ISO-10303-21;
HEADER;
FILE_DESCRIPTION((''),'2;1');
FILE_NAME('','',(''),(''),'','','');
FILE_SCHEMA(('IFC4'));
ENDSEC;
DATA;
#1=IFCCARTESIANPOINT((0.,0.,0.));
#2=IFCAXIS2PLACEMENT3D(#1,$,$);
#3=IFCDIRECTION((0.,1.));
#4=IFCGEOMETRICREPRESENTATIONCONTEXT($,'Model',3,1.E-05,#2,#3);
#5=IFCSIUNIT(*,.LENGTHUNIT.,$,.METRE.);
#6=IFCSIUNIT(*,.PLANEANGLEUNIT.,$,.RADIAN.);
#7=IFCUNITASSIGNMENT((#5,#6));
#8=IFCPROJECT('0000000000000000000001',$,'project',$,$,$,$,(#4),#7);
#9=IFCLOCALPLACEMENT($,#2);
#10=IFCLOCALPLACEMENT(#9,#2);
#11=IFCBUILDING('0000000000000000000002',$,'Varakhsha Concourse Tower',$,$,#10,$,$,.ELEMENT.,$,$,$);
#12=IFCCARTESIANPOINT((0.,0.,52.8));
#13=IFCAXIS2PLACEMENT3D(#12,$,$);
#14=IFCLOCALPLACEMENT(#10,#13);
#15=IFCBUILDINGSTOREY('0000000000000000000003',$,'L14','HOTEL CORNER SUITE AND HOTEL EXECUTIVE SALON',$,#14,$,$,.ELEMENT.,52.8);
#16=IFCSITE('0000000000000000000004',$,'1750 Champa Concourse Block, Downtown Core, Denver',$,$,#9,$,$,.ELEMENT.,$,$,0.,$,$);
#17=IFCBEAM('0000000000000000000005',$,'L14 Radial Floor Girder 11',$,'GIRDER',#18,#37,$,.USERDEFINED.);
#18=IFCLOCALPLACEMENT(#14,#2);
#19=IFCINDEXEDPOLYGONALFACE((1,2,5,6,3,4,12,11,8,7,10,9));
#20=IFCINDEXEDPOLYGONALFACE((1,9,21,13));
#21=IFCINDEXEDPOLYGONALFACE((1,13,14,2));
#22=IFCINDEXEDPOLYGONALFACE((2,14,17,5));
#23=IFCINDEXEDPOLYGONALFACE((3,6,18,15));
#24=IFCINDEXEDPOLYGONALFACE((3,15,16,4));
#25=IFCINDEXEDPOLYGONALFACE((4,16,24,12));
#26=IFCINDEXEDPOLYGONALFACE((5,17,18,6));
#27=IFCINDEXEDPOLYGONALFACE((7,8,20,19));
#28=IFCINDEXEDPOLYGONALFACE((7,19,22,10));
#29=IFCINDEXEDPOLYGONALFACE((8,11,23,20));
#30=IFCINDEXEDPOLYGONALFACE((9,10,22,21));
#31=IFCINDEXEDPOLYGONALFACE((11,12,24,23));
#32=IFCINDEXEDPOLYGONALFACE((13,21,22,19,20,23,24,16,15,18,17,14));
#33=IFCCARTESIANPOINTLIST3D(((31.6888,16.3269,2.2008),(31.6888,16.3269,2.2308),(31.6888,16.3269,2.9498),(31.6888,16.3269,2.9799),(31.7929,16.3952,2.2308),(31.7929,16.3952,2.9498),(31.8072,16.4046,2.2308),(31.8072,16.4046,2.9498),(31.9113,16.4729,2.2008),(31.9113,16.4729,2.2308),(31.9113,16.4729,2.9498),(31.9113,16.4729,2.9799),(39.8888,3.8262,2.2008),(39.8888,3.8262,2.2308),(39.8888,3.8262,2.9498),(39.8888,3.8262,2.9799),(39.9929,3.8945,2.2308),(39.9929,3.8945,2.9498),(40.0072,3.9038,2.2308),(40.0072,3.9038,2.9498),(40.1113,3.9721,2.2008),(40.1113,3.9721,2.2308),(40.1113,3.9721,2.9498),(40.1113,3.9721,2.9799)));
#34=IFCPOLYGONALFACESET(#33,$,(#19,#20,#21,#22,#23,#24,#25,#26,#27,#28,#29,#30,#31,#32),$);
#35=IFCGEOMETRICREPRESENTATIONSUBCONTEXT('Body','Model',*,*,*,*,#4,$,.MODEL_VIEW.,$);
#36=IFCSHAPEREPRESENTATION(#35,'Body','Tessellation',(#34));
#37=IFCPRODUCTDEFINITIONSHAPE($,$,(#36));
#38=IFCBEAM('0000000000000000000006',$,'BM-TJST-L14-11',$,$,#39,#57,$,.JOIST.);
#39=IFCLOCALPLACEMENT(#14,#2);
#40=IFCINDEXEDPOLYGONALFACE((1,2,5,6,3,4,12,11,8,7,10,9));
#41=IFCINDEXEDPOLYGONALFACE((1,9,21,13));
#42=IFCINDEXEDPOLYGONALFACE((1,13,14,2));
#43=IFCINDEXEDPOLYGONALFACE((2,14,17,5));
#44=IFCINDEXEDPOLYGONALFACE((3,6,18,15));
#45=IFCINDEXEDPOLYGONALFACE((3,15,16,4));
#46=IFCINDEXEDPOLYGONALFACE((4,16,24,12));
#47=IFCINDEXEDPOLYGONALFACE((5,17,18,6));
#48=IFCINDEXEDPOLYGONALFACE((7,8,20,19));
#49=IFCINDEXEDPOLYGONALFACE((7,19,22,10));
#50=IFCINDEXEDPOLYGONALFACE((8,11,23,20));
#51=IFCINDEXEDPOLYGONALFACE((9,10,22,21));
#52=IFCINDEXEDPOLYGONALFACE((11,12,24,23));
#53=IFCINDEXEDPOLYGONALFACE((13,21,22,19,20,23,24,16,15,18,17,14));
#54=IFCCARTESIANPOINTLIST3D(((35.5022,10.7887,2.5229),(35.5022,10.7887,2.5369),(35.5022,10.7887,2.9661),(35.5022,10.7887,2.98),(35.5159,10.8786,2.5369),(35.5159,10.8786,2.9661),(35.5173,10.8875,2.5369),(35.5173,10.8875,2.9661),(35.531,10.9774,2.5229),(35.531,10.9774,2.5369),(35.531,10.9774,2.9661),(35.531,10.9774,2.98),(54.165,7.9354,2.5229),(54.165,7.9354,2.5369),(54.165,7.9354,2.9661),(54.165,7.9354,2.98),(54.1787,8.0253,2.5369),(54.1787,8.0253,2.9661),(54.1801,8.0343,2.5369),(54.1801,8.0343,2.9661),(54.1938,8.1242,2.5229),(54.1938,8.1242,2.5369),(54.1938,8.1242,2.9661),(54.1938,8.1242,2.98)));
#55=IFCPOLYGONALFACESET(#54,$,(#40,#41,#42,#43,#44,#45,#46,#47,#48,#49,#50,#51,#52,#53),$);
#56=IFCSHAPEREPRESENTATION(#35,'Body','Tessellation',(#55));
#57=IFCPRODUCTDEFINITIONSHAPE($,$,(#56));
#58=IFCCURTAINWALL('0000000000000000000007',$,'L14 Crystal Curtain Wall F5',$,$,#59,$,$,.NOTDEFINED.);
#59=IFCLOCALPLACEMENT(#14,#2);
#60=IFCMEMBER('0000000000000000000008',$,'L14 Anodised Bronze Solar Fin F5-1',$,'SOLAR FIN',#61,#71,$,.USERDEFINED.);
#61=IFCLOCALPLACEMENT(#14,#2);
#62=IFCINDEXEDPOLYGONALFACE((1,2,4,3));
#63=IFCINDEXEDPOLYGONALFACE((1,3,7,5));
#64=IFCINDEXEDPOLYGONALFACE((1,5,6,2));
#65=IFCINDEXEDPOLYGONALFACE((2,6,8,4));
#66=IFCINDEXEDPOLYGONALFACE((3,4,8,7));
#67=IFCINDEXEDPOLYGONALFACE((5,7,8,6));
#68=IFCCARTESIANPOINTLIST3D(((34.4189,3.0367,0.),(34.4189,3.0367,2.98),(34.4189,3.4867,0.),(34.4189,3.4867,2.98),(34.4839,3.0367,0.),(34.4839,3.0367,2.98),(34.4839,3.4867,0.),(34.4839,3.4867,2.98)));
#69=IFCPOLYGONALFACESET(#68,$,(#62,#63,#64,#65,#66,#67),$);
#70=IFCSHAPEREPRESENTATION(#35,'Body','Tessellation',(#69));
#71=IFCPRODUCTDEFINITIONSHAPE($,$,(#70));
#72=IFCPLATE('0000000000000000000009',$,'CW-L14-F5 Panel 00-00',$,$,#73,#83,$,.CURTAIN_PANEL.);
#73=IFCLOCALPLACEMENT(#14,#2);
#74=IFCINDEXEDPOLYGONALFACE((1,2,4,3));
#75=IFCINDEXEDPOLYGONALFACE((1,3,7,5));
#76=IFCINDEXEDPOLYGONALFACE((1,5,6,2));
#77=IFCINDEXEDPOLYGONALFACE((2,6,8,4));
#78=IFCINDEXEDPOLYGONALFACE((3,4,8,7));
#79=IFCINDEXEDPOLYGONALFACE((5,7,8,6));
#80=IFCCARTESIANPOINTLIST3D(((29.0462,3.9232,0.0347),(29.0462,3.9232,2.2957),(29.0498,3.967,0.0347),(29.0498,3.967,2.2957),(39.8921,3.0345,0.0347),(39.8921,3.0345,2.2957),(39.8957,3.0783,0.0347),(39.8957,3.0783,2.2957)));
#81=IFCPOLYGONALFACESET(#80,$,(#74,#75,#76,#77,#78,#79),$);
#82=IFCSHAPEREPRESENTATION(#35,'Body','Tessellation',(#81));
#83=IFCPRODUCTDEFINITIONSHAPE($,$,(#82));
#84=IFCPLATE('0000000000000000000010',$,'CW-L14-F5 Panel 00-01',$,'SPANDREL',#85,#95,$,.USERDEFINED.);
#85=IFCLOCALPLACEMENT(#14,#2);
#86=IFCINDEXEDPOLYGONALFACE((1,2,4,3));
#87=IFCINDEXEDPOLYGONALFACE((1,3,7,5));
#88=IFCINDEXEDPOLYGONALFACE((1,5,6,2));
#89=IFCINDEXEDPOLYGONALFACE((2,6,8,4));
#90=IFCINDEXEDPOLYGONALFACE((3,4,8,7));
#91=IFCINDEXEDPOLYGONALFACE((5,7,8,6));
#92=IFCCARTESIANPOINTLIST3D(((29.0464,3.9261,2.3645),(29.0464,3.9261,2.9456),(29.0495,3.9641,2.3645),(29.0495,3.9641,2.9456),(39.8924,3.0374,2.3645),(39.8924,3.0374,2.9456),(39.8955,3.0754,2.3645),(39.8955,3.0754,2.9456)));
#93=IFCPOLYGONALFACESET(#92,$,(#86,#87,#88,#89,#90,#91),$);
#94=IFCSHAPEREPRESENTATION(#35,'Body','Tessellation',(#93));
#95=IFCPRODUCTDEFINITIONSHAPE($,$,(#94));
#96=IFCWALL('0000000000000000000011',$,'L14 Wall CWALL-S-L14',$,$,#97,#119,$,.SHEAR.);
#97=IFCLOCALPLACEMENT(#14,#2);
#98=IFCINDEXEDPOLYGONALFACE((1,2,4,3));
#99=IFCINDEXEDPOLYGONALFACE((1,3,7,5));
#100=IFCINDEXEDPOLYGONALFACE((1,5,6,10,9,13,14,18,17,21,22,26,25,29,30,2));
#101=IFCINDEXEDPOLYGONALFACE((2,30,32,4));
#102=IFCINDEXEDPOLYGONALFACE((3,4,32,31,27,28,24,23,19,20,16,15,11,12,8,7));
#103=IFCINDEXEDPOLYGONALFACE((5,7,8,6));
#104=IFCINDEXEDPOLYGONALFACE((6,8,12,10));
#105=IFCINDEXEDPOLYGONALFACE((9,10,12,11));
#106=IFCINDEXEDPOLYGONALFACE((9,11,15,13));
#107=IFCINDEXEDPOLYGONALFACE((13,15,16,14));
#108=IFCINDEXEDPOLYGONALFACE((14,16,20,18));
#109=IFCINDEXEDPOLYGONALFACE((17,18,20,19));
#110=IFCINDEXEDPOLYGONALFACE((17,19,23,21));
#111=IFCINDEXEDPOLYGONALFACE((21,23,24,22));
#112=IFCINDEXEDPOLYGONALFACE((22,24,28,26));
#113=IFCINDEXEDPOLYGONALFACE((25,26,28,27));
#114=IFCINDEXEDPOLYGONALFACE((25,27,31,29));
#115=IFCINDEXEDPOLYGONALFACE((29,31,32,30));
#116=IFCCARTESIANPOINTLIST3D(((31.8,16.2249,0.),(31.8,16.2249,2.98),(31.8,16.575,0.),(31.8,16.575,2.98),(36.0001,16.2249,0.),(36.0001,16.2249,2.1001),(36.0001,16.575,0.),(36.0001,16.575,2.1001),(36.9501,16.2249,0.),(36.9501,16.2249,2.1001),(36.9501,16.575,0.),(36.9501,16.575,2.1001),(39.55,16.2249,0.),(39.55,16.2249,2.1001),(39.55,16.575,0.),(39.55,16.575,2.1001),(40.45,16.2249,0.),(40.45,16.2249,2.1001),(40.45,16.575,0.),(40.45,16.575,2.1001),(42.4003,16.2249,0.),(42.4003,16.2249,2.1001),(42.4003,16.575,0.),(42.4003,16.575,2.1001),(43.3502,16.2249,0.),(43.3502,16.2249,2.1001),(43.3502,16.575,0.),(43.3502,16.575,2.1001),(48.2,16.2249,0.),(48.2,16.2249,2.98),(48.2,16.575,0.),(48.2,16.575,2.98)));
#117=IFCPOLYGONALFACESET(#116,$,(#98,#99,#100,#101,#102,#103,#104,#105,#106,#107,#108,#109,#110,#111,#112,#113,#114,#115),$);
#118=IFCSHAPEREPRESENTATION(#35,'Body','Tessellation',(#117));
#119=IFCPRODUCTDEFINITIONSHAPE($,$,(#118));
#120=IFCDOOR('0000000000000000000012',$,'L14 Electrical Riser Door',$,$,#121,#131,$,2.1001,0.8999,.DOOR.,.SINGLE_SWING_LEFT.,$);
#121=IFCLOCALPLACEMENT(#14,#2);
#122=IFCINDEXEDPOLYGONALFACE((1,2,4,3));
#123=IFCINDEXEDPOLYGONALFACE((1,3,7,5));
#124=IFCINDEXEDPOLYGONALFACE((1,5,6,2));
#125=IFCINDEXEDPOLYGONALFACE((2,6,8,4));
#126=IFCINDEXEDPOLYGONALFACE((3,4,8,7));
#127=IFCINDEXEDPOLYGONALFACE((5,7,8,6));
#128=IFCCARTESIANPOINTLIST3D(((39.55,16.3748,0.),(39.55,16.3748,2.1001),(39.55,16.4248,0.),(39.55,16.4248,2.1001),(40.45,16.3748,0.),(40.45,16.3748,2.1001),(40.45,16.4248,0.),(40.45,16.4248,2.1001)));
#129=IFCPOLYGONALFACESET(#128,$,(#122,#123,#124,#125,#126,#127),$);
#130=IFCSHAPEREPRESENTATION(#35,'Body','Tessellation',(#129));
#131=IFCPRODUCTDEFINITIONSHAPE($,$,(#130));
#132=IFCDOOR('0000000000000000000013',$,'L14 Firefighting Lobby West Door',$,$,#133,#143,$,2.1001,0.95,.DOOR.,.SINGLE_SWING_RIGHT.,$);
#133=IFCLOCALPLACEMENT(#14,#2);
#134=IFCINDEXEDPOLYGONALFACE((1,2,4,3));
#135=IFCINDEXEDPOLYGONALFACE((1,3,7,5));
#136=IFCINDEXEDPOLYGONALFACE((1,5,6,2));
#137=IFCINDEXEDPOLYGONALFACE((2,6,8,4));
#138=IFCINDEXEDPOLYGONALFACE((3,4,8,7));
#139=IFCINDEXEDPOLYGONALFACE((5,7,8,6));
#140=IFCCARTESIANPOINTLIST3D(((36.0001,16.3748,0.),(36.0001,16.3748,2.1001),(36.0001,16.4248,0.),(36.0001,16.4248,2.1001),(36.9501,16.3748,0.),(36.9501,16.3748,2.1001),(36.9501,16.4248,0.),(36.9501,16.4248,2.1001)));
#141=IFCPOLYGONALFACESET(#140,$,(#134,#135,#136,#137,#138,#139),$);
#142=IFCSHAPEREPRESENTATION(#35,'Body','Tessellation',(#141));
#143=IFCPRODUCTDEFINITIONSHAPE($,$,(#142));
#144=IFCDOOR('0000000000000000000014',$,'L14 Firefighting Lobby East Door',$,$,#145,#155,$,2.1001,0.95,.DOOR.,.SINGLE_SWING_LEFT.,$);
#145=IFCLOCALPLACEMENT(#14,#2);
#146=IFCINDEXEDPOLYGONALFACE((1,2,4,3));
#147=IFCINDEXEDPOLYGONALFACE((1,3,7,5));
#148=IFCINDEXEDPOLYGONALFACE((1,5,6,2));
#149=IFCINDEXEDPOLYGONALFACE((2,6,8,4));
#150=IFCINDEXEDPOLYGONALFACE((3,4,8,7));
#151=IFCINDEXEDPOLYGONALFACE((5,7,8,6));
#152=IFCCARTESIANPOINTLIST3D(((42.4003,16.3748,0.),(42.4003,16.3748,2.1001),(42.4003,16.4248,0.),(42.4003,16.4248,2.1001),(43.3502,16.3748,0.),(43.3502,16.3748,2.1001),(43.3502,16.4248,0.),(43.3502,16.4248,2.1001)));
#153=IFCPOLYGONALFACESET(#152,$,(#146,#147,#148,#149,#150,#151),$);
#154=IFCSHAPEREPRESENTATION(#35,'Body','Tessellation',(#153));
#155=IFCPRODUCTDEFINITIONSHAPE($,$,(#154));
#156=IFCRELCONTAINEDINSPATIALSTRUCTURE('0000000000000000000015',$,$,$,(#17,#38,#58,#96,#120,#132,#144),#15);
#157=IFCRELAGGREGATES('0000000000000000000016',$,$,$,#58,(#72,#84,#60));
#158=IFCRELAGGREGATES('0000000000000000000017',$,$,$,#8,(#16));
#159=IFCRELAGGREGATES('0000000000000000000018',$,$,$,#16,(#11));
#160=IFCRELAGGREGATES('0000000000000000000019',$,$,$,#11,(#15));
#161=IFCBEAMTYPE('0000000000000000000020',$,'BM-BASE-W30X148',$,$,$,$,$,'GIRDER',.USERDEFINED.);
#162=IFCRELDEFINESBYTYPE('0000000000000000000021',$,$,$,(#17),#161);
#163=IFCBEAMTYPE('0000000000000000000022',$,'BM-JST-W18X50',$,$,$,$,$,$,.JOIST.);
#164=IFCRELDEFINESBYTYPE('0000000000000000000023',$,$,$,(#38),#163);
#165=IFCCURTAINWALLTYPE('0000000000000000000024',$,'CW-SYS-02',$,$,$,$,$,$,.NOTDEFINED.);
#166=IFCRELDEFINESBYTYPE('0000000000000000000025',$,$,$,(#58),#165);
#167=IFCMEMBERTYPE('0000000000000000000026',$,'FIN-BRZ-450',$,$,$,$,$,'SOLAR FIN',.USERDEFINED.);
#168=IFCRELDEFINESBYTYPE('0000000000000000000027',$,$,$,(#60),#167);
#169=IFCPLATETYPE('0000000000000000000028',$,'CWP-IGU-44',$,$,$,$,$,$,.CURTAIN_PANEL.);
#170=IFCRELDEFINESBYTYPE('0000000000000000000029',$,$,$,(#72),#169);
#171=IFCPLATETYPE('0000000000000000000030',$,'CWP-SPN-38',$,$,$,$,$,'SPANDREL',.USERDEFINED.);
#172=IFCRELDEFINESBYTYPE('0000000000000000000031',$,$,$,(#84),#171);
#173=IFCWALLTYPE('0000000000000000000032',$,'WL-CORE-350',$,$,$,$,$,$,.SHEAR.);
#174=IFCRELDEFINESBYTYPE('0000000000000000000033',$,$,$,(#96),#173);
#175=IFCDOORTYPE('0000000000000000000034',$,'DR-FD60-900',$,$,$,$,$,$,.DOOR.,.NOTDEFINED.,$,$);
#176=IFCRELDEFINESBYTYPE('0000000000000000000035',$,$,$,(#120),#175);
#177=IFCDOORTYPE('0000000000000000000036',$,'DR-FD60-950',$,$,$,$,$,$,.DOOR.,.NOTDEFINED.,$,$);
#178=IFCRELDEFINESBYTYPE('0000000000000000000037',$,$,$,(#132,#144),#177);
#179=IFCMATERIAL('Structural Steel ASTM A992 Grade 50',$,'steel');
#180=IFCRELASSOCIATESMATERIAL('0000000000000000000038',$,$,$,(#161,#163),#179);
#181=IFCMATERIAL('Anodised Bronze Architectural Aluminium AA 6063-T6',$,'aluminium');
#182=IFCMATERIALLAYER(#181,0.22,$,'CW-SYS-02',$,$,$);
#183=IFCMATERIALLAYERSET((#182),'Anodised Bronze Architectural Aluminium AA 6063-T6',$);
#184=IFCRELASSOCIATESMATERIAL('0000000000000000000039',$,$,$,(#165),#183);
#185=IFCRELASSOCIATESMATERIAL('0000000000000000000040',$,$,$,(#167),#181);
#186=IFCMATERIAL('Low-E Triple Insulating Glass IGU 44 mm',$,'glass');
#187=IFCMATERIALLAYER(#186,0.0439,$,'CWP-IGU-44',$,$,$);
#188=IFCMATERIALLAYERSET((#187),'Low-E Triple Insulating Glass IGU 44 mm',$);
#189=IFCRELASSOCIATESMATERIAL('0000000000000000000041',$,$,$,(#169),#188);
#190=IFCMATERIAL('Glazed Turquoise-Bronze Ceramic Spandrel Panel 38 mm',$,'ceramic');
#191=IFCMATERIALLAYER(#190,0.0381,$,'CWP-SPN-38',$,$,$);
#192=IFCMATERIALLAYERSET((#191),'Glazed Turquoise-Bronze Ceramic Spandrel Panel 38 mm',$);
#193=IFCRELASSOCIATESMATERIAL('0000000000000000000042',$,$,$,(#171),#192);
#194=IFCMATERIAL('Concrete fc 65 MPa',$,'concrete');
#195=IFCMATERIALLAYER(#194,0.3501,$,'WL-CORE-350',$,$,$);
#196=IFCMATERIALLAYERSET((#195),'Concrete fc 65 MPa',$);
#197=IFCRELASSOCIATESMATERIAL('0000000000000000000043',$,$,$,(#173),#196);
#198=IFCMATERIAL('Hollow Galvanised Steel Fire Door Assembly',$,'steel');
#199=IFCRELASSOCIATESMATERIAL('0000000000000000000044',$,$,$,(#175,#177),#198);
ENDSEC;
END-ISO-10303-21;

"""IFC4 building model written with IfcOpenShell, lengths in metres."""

from ifc_helpers import new_model, si_unit, direction, frame, frame_2d, origin, origin_2d, place, context, subcontext, project, spatial, rectangle, i_section, extrude, source, transform, mapped, material, layer, layer_set, material_profile, profile_set, type_object, type_shapes, element, fill, aggregate, save


model = new_model("IFC4")

# Units and contexts
model_context = context("Model", 3, precision=1e-05, world=origin(), true_north=direction((0.0, 1.0)))
body_context = subcontext(model_context, "Body", "Model", "MODEL_VIEW")
ifc_project = project(units=[si_unit("LENGTHUNIT", "METRE"), si_unit("PLANEANGLEUNIT", "RADIAN")], contexts=[model_context])

# Site, building, storey
site_placement = place(None, origin())
site = spatial("IfcSite", under=ifc_project, at=site_placement, Name="1750 Champa Concourse Block, Downtown Core, Denver", CompositionType="ELEMENT", RefElevation=0.0)
building_placement = place(site_placement, origin())
building = spatial("IfcBuilding", under=site, at=building_placement, Name="Varakhsha Concourse Tower", CompositionType="ELEMENT")
storey_placement = place(building_placement, frame((0.0, 0.0, 52.8)))
storey = spatial("IfcBuildingStorey", under=building, at=storey_placement, Name="L14", Description="HOTEL CORNER SUITE AND HOTEL EXECUTIVE SALON", CompositionType="ELEMENT", Elevation=52.8)

# Beams
ifc_material_1 = material(Name="Structural Steel ASTM A992 Grade 50", Category="steel")
ifc_material_profile_1 = material_profile(ifc_material_1, i_section(OverallWidth=0.2661, OverallDepth=0.7791, WebThickness=0.0171, FlangeThickness=0.03, at=origin_2d()), Name="W30X148")
ifc_profile_set_1 = profile_set([ifc_material_profile_1], Name="Structural Steel ASTM A992 Grade 50")
beam_type_1 = type_object("IfcBeamType", Name="BM-BASE-W30X148", ElementType="GIRDER", PredefinedType="USERDEFINED", material=ifc_profile_set_1)
beam_1_placement = place(storey_placement, frame((31.8, 16.3999, 2.5903), z_axis=(0.548486, -0.83616, 0.0), x_axis=(0.83616, 0.548486, 0.0)))
element("IfcBeam", 1, at=beam_1_placement, inside=storey, type_object=beam_type_1, Name="L14 Radial Floor Girder 11", ObjectType="GIRDER", PredefinedType="USERDEFINED", context=body_context, shape_type="SweptSolid", body=[
    extrude(i_section(OverallWidth=0.2661, OverallDepth=0.7791, WebThickness=0.0171, FlangeThickness=0.03, at=origin_2d()), origin(), (0.0, 0.0, 1.0), 14.9502),
])
ifc_material_profile_2 = material_profile(ifc_material_1, i_section(OverallWidth=0.1909, OverallDepth=0.457, WebThickness=0.009, FlangeThickness=0.0139, at=origin_2d()), Name="W18X50")
ifc_profile_set_2 = profile_set([ifc_material_profile_2], Name="Structural Steel ASTM A992 Grade 50")
beam_type_2 = type_object("IfcBeamType", Name="BM-JST-W18X50", PredefinedType="JOIST", material=ifc_profile_set_2)
beam_2_placement = place(storey_placement, frame((35.5166, 10.8831, 2.7515), z_axis=(0.988514, -0.151129, 0.0), x_axis=(0.151129, 0.988514, 0.0)))
element("IfcBeam", 2, at=beam_2_placement, inside=storey, type_object=beam_type_2, Name="BM-TJST-L14-11", PredefinedType="JOIST", context=body_context, shape_type="SweptSolid", body=[
    extrude(i_section(OverallWidth=0.1909, OverallDepth=0.457, WebThickness=0.009, FlangeThickness=0.0139, at=origin_2d()), origin(), (0.0, 0.0, 1.0), 18.8796),
])

# Curtain wall, member, plates
ifc_material_2 = material(Name="Anodised Bronze Architectural Aluminium AA 6063-T6", Category="aluminium")
ifc_layer_1 = layer(ifc_material_2, 0.22, Name="CW-SYS-02")
ifc_layer_set_1 = layer_set([ifc_layer_1], Name="Anodised Bronze Architectural Aluminium AA 6063-T6")
curtain_wall_type = type_object("IfcCurtainWallType", Name="CW-SYS-02", PredefinedType="NOTDEFINED", material=ifc_layer_set_1)
curtain_wall_placement = place(storey_placement, origin())
curtain_wall = element("IfcCurtainWall", 3, at=curtain_wall_placement, inside=storey, type_object=curtain_wall_type, Name="L14 Crystal Curtain Wall F5", PredefinedType="NOTDEFINED")
ifc_material_profile_3 = material_profile(ifc_material_2, rectangle(XDim=0.0649, YDim=0.45, at=origin_2d()), Name="FIN-BRZ-450")
ifc_profile_set_3 = profile_set([ifc_material_profile_3], Name="Anodised Bronze Architectural Aluminium AA 6063-T6")
member_type = type_object("IfcMemberType", Name="FIN-BRZ-450", ElementType="SOLAR FIN", PredefinedType="USERDEFINED", material=ifc_profile_set_3)
shared_shape_1 = source(origin(), body_context, "Body", "SweptSolid", [
    extrude(rectangle(XDim=0.0649, YDim=0.45, at=origin_2d()), origin(), (0.0, 0.0, 1.0), 2.98),
])
type_shapes(member_type, [shared_shape_1])
member_placement = place(storey_placement, frame((34.4514, 3.2617, 0.0), z_axis=(0.0, 0.0, 1.0), x_axis=(1.0, 0.0, 0.0)))
member = element("IfcMember", 4, at=member_placement, type_object=member_type, Name="L14 Anodised Bronze Solar Fin F5-1", ObjectType="SOLAR FIN", PredefinedType="USERDEFINED", context=body_context, shape_type="MappedRepresentation", body=[
    mapped(shared_shape_1, transform((0.0, 0.0, 0.0), scale=1.0)),
])
ifc_material_3 = material(Name="Low-E Triple Insulating Glass IGU 44 mm", Category="glass")
ifc_layer_2 = layer(ifc_material_3, 0.0439, Name="CWP-IGU-44")
ifc_layer_set_2 = layer_set([ifc_layer_2], Name="Low-E Triple Insulating Glass IGU 44 mm")
plate_type_1 = type_object("IfcPlateType", Name="CWP-IGU-44", PredefinedType="CURTAIN_PANEL", material=ifc_layer_set_2)
shared_shape_2 = source(origin(), body_context, "Body", "SweptSolid", [
    extrude(rectangle(XDim=10.8823, YDim=0.0439, at=origin_2d()), origin(), (0.0, 0.0, 1.0), 2.261),
])
type_shapes(plate_type_1, [shared_shape_2])
plate_1_placement = place(storey_placement, frame((34.4709, 3.5007, 0.0347), z_axis=(0.0, 0.0, 1.0), x_axis=(-0.99666, 0.081664, 0.0)))
plate_1 = element("IfcPlate", 5, at=plate_1_placement, type_object=plate_type_1, Name="CW-L14-F5 Panel 00-00", PredefinedType="CURTAIN_PANEL", context=body_context, shape_type="MappedRepresentation", body=[
    mapped(shared_shape_2, transform((0.0, 0.0, 0.0), scale=1.0)),
])
ifc_material_4 = material(Name="Glazed Turquoise-Bronze Ceramic Spandrel Panel 38 mm", Category="ceramic")
ifc_layer_3 = layer(ifc_material_4, 0.0381, Name="CWP-SPN-38")
ifc_layer_set_3 = layer_set([ifc_layer_3], Name="Glazed Turquoise-Bronze Ceramic Spandrel Panel 38 mm")
plate_type_2 = type_object("IfcPlateType", Name="CWP-SPN-38", ElementType="SPANDREL", PredefinedType="USERDEFINED", material=ifc_layer_set_3)
shared_shape_3 = source(origin(), body_context, "Body", "SweptSolid", [
    extrude(rectangle(XDim=10.8823, YDim=0.0381, at=origin_2d()), origin(), (0.0, 0.0, 1.0), 0.5811),
])
type_shapes(plate_type_2, [shared_shape_3])
plate_2_placement = place(storey_placement, frame((34.4709, 3.5007, 2.3645), z_axis=(0.0, 0.0, 1.0), x_axis=(-0.99666, 0.081664, 0.0)))
plate_2 = element("IfcPlate", 6, at=plate_2_placement, type_object=plate_type_2, Name="CW-L14-F5 Panel 00-01", ObjectType="SPANDREL", PredefinedType="USERDEFINED", context=body_context, shape_type="MappedRepresentation", body=[
    mapped(shared_shape_3, transform((0.0, 0.0, 0.0), scale=1.0)),
])
aggregate(curtain_wall, [plate_1, plate_2, member])

# Wall, openings, doors
ifc_material_5 = material(Name="Concrete fc 65 MPa", Category="concrete")
ifc_layer_4 = layer(ifc_material_5, 0.3501, Name="WL-CORE-350")
ifc_layer_set_4 = layer_set([ifc_layer_4], Name="Concrete fc 65 MPa")
wall_type_1 = type_object("IfcWallType", Name="WL-CORE-350", PredefinedType="SHEAR", material=ifc_layer_set_4)
wall_1_placement = place(storey_placement, frame((31.8, 16.3999, 0.0), z_axis=(0.0, 0.0, 1.0), x_axis=(1.0, 0.0, 0.0)))
wall_1 = element("IfcWall", 7, at=wall_1_placement, inside=storey, type_object=wall_type_1, Name="L14 Wall CWALL-S-L14", PredefinedType="SHEAR", context=body_context, shape_type="SweptSolid", body=[
    extrude(rectangle(XDim=16.3999, YDim=0.3501, at=frame_2d((8.2, 0.0))), origin(), (0.0, 0.0, 1.0), 2.98),
])
opening_1_placement = place(wall_1_placement, frame((7.75, 0.0, 0.0)))
opening_1 = element("IfcOpeningElement", 8, at=opening_1_placement, cuts=wall_1, PredefinedType="OPENING", context=body_context, shape_type="SweptSolid", body=[
    extrude(rectangle(XDim=0.8999, YDim=2.1001, at=frame_2d((0.45, 1.05))), frame((0.0, 0.1851, 0.0), z_axis=(0.0, -1.0, 0.0), x_axis=(1.0, 0.0, 0.0)), (0.0, 0.0, 1.0), 0.3701),
])
opening_2_placement = place(wall_1_placement, frame((4.2, 0.0, 0.0)))
opening_2 = element("IfcOpeningElement", 9, at=opening_2_placement, cuts=wall_1, PredefinedType="OPENING", context=body_context, shape_type="SweptSolid", body=[
    extrude(rectangle(XDim=0.95, YDim=2.1001, at=frame_2d((0.4751, 1.05))), frame((0.0, 0.1851, 0.0), z_axis=(0.0, -1.0, 0.0), x_axis=(1.0, 0.0, 0.0)), (0.0, 0.0, 1.0), 0.3701),
])
opening_3_placement = place(wall_1_placement, frame((10.6001, 0.0, 0.0)))
opening_3 = element("IfcOpeningElement", 10, at=opening_3_placement, cuts=wall_1, PredefinedType="OPENING", context=body_context, shape_type="SweptSolid", body=[
    extrude(rectangle(XDim=0.95, YDim=2.1001, at=frame_2d((0.4751, 1.05))), frame((0.0, 0.1851, 0.0), z_axis=(0.0, -1.0, 0.0), x_axis=(1.0, 0.0, 0.0)), (0.0, 0.0, 1.0), 0.3701),
])
ifc_material_6 = material(Name="Hollow Galvanised Steel Fire Door Assembly", Category="steel")
door_type_1 = type_object("IfcDoorType", Name="DR-FD60-900", OperationType="NOTDEFINED", PredefinedType="DOOR", material=ifc_material_6)
door_1_placement = place(opening_1_placement, origin())
door_1 = element("IfcDoor", 11, at=door_1_placement, inside=storey, type_object=door_type_1, Name="L14 Electrical Riser Door", OperationType="SINGLE_SWING_LEFT", OverallHeight=2.1001, OverallWidth=0.8999, PredefinedType="DOOR", context=body_context, shape_type="SweptSolid", body=[
    extrude(rectangle(XDim=0.8999, YDim=2.1001, at=frame_2d((0.45, 1.05))), frame((0.0, 0.0249, 0.0), z_axis=(0.0, -1.0, 0.0), x_axis=(1.0, 0.0, 0.0)), (0.0, 0.0, 1.0), 0.05),
])
fill(opening_1, door_1)
door_type_2 = type_object("IfcDoorType", Name="DR-FD60-950", OperationType="NOTDEFINED", PredefinedType="DOOR", material=ifc_material_6)
door_2_placement = place(opening_2_placement, origin())
door_2 = element("IfcDoor", 12, at=door_2_placement, inside=storey, type_object=door_type_2, Name="L14 Firefighting Lobby West Door", OperationType="SINGLE_SWING_RIGHT", OverallHeight=2.1001, OverallWidth=0.95, PredefinedType="DOOR", context=body_context, shape_type="SweptSolid", body=[
    extrude(rectangle(XDim=0.95, YDim=2.1001, at=frame_2d((0.4751, 1.05))), frame((0.0, 0.0249, 0.0), z_axis=(0.0, -1.0, 0.0), x_axis=(1.0, 0.0, 0.0)), (0.0, 0.0, 1.0), 0.05),
])
fill(opening_2, door_2)
door_3_placement = place(opening_3_placement, origin())
door_3 = element("IfcDoor", 13, at=door_3_placement, inside=storey, type_object=door_type_2, Name="L14 Firefighting Lobby East Door", OperationType="SINGLE_SWING_LEFT", OverallHeight=2.1001, OverallWidth=0.95, PredefinedType="DOOR", context=body_context, shape_type="SweptSolid", body=[
    extrude(rectangle(XDim=0.95, YDim=2.1001, at=frame_2d((0.4751, 1.05))), frame((0.0, 0.0249, 0.0), z_axis=(0.0, -1.0, 0.0), x_axis=(1.0, 0.0, 0.0)), (0.0, 0.0, 1.0), 0.05),
])
fill(opening_3, door_3)

save(model, "model.ifc")
